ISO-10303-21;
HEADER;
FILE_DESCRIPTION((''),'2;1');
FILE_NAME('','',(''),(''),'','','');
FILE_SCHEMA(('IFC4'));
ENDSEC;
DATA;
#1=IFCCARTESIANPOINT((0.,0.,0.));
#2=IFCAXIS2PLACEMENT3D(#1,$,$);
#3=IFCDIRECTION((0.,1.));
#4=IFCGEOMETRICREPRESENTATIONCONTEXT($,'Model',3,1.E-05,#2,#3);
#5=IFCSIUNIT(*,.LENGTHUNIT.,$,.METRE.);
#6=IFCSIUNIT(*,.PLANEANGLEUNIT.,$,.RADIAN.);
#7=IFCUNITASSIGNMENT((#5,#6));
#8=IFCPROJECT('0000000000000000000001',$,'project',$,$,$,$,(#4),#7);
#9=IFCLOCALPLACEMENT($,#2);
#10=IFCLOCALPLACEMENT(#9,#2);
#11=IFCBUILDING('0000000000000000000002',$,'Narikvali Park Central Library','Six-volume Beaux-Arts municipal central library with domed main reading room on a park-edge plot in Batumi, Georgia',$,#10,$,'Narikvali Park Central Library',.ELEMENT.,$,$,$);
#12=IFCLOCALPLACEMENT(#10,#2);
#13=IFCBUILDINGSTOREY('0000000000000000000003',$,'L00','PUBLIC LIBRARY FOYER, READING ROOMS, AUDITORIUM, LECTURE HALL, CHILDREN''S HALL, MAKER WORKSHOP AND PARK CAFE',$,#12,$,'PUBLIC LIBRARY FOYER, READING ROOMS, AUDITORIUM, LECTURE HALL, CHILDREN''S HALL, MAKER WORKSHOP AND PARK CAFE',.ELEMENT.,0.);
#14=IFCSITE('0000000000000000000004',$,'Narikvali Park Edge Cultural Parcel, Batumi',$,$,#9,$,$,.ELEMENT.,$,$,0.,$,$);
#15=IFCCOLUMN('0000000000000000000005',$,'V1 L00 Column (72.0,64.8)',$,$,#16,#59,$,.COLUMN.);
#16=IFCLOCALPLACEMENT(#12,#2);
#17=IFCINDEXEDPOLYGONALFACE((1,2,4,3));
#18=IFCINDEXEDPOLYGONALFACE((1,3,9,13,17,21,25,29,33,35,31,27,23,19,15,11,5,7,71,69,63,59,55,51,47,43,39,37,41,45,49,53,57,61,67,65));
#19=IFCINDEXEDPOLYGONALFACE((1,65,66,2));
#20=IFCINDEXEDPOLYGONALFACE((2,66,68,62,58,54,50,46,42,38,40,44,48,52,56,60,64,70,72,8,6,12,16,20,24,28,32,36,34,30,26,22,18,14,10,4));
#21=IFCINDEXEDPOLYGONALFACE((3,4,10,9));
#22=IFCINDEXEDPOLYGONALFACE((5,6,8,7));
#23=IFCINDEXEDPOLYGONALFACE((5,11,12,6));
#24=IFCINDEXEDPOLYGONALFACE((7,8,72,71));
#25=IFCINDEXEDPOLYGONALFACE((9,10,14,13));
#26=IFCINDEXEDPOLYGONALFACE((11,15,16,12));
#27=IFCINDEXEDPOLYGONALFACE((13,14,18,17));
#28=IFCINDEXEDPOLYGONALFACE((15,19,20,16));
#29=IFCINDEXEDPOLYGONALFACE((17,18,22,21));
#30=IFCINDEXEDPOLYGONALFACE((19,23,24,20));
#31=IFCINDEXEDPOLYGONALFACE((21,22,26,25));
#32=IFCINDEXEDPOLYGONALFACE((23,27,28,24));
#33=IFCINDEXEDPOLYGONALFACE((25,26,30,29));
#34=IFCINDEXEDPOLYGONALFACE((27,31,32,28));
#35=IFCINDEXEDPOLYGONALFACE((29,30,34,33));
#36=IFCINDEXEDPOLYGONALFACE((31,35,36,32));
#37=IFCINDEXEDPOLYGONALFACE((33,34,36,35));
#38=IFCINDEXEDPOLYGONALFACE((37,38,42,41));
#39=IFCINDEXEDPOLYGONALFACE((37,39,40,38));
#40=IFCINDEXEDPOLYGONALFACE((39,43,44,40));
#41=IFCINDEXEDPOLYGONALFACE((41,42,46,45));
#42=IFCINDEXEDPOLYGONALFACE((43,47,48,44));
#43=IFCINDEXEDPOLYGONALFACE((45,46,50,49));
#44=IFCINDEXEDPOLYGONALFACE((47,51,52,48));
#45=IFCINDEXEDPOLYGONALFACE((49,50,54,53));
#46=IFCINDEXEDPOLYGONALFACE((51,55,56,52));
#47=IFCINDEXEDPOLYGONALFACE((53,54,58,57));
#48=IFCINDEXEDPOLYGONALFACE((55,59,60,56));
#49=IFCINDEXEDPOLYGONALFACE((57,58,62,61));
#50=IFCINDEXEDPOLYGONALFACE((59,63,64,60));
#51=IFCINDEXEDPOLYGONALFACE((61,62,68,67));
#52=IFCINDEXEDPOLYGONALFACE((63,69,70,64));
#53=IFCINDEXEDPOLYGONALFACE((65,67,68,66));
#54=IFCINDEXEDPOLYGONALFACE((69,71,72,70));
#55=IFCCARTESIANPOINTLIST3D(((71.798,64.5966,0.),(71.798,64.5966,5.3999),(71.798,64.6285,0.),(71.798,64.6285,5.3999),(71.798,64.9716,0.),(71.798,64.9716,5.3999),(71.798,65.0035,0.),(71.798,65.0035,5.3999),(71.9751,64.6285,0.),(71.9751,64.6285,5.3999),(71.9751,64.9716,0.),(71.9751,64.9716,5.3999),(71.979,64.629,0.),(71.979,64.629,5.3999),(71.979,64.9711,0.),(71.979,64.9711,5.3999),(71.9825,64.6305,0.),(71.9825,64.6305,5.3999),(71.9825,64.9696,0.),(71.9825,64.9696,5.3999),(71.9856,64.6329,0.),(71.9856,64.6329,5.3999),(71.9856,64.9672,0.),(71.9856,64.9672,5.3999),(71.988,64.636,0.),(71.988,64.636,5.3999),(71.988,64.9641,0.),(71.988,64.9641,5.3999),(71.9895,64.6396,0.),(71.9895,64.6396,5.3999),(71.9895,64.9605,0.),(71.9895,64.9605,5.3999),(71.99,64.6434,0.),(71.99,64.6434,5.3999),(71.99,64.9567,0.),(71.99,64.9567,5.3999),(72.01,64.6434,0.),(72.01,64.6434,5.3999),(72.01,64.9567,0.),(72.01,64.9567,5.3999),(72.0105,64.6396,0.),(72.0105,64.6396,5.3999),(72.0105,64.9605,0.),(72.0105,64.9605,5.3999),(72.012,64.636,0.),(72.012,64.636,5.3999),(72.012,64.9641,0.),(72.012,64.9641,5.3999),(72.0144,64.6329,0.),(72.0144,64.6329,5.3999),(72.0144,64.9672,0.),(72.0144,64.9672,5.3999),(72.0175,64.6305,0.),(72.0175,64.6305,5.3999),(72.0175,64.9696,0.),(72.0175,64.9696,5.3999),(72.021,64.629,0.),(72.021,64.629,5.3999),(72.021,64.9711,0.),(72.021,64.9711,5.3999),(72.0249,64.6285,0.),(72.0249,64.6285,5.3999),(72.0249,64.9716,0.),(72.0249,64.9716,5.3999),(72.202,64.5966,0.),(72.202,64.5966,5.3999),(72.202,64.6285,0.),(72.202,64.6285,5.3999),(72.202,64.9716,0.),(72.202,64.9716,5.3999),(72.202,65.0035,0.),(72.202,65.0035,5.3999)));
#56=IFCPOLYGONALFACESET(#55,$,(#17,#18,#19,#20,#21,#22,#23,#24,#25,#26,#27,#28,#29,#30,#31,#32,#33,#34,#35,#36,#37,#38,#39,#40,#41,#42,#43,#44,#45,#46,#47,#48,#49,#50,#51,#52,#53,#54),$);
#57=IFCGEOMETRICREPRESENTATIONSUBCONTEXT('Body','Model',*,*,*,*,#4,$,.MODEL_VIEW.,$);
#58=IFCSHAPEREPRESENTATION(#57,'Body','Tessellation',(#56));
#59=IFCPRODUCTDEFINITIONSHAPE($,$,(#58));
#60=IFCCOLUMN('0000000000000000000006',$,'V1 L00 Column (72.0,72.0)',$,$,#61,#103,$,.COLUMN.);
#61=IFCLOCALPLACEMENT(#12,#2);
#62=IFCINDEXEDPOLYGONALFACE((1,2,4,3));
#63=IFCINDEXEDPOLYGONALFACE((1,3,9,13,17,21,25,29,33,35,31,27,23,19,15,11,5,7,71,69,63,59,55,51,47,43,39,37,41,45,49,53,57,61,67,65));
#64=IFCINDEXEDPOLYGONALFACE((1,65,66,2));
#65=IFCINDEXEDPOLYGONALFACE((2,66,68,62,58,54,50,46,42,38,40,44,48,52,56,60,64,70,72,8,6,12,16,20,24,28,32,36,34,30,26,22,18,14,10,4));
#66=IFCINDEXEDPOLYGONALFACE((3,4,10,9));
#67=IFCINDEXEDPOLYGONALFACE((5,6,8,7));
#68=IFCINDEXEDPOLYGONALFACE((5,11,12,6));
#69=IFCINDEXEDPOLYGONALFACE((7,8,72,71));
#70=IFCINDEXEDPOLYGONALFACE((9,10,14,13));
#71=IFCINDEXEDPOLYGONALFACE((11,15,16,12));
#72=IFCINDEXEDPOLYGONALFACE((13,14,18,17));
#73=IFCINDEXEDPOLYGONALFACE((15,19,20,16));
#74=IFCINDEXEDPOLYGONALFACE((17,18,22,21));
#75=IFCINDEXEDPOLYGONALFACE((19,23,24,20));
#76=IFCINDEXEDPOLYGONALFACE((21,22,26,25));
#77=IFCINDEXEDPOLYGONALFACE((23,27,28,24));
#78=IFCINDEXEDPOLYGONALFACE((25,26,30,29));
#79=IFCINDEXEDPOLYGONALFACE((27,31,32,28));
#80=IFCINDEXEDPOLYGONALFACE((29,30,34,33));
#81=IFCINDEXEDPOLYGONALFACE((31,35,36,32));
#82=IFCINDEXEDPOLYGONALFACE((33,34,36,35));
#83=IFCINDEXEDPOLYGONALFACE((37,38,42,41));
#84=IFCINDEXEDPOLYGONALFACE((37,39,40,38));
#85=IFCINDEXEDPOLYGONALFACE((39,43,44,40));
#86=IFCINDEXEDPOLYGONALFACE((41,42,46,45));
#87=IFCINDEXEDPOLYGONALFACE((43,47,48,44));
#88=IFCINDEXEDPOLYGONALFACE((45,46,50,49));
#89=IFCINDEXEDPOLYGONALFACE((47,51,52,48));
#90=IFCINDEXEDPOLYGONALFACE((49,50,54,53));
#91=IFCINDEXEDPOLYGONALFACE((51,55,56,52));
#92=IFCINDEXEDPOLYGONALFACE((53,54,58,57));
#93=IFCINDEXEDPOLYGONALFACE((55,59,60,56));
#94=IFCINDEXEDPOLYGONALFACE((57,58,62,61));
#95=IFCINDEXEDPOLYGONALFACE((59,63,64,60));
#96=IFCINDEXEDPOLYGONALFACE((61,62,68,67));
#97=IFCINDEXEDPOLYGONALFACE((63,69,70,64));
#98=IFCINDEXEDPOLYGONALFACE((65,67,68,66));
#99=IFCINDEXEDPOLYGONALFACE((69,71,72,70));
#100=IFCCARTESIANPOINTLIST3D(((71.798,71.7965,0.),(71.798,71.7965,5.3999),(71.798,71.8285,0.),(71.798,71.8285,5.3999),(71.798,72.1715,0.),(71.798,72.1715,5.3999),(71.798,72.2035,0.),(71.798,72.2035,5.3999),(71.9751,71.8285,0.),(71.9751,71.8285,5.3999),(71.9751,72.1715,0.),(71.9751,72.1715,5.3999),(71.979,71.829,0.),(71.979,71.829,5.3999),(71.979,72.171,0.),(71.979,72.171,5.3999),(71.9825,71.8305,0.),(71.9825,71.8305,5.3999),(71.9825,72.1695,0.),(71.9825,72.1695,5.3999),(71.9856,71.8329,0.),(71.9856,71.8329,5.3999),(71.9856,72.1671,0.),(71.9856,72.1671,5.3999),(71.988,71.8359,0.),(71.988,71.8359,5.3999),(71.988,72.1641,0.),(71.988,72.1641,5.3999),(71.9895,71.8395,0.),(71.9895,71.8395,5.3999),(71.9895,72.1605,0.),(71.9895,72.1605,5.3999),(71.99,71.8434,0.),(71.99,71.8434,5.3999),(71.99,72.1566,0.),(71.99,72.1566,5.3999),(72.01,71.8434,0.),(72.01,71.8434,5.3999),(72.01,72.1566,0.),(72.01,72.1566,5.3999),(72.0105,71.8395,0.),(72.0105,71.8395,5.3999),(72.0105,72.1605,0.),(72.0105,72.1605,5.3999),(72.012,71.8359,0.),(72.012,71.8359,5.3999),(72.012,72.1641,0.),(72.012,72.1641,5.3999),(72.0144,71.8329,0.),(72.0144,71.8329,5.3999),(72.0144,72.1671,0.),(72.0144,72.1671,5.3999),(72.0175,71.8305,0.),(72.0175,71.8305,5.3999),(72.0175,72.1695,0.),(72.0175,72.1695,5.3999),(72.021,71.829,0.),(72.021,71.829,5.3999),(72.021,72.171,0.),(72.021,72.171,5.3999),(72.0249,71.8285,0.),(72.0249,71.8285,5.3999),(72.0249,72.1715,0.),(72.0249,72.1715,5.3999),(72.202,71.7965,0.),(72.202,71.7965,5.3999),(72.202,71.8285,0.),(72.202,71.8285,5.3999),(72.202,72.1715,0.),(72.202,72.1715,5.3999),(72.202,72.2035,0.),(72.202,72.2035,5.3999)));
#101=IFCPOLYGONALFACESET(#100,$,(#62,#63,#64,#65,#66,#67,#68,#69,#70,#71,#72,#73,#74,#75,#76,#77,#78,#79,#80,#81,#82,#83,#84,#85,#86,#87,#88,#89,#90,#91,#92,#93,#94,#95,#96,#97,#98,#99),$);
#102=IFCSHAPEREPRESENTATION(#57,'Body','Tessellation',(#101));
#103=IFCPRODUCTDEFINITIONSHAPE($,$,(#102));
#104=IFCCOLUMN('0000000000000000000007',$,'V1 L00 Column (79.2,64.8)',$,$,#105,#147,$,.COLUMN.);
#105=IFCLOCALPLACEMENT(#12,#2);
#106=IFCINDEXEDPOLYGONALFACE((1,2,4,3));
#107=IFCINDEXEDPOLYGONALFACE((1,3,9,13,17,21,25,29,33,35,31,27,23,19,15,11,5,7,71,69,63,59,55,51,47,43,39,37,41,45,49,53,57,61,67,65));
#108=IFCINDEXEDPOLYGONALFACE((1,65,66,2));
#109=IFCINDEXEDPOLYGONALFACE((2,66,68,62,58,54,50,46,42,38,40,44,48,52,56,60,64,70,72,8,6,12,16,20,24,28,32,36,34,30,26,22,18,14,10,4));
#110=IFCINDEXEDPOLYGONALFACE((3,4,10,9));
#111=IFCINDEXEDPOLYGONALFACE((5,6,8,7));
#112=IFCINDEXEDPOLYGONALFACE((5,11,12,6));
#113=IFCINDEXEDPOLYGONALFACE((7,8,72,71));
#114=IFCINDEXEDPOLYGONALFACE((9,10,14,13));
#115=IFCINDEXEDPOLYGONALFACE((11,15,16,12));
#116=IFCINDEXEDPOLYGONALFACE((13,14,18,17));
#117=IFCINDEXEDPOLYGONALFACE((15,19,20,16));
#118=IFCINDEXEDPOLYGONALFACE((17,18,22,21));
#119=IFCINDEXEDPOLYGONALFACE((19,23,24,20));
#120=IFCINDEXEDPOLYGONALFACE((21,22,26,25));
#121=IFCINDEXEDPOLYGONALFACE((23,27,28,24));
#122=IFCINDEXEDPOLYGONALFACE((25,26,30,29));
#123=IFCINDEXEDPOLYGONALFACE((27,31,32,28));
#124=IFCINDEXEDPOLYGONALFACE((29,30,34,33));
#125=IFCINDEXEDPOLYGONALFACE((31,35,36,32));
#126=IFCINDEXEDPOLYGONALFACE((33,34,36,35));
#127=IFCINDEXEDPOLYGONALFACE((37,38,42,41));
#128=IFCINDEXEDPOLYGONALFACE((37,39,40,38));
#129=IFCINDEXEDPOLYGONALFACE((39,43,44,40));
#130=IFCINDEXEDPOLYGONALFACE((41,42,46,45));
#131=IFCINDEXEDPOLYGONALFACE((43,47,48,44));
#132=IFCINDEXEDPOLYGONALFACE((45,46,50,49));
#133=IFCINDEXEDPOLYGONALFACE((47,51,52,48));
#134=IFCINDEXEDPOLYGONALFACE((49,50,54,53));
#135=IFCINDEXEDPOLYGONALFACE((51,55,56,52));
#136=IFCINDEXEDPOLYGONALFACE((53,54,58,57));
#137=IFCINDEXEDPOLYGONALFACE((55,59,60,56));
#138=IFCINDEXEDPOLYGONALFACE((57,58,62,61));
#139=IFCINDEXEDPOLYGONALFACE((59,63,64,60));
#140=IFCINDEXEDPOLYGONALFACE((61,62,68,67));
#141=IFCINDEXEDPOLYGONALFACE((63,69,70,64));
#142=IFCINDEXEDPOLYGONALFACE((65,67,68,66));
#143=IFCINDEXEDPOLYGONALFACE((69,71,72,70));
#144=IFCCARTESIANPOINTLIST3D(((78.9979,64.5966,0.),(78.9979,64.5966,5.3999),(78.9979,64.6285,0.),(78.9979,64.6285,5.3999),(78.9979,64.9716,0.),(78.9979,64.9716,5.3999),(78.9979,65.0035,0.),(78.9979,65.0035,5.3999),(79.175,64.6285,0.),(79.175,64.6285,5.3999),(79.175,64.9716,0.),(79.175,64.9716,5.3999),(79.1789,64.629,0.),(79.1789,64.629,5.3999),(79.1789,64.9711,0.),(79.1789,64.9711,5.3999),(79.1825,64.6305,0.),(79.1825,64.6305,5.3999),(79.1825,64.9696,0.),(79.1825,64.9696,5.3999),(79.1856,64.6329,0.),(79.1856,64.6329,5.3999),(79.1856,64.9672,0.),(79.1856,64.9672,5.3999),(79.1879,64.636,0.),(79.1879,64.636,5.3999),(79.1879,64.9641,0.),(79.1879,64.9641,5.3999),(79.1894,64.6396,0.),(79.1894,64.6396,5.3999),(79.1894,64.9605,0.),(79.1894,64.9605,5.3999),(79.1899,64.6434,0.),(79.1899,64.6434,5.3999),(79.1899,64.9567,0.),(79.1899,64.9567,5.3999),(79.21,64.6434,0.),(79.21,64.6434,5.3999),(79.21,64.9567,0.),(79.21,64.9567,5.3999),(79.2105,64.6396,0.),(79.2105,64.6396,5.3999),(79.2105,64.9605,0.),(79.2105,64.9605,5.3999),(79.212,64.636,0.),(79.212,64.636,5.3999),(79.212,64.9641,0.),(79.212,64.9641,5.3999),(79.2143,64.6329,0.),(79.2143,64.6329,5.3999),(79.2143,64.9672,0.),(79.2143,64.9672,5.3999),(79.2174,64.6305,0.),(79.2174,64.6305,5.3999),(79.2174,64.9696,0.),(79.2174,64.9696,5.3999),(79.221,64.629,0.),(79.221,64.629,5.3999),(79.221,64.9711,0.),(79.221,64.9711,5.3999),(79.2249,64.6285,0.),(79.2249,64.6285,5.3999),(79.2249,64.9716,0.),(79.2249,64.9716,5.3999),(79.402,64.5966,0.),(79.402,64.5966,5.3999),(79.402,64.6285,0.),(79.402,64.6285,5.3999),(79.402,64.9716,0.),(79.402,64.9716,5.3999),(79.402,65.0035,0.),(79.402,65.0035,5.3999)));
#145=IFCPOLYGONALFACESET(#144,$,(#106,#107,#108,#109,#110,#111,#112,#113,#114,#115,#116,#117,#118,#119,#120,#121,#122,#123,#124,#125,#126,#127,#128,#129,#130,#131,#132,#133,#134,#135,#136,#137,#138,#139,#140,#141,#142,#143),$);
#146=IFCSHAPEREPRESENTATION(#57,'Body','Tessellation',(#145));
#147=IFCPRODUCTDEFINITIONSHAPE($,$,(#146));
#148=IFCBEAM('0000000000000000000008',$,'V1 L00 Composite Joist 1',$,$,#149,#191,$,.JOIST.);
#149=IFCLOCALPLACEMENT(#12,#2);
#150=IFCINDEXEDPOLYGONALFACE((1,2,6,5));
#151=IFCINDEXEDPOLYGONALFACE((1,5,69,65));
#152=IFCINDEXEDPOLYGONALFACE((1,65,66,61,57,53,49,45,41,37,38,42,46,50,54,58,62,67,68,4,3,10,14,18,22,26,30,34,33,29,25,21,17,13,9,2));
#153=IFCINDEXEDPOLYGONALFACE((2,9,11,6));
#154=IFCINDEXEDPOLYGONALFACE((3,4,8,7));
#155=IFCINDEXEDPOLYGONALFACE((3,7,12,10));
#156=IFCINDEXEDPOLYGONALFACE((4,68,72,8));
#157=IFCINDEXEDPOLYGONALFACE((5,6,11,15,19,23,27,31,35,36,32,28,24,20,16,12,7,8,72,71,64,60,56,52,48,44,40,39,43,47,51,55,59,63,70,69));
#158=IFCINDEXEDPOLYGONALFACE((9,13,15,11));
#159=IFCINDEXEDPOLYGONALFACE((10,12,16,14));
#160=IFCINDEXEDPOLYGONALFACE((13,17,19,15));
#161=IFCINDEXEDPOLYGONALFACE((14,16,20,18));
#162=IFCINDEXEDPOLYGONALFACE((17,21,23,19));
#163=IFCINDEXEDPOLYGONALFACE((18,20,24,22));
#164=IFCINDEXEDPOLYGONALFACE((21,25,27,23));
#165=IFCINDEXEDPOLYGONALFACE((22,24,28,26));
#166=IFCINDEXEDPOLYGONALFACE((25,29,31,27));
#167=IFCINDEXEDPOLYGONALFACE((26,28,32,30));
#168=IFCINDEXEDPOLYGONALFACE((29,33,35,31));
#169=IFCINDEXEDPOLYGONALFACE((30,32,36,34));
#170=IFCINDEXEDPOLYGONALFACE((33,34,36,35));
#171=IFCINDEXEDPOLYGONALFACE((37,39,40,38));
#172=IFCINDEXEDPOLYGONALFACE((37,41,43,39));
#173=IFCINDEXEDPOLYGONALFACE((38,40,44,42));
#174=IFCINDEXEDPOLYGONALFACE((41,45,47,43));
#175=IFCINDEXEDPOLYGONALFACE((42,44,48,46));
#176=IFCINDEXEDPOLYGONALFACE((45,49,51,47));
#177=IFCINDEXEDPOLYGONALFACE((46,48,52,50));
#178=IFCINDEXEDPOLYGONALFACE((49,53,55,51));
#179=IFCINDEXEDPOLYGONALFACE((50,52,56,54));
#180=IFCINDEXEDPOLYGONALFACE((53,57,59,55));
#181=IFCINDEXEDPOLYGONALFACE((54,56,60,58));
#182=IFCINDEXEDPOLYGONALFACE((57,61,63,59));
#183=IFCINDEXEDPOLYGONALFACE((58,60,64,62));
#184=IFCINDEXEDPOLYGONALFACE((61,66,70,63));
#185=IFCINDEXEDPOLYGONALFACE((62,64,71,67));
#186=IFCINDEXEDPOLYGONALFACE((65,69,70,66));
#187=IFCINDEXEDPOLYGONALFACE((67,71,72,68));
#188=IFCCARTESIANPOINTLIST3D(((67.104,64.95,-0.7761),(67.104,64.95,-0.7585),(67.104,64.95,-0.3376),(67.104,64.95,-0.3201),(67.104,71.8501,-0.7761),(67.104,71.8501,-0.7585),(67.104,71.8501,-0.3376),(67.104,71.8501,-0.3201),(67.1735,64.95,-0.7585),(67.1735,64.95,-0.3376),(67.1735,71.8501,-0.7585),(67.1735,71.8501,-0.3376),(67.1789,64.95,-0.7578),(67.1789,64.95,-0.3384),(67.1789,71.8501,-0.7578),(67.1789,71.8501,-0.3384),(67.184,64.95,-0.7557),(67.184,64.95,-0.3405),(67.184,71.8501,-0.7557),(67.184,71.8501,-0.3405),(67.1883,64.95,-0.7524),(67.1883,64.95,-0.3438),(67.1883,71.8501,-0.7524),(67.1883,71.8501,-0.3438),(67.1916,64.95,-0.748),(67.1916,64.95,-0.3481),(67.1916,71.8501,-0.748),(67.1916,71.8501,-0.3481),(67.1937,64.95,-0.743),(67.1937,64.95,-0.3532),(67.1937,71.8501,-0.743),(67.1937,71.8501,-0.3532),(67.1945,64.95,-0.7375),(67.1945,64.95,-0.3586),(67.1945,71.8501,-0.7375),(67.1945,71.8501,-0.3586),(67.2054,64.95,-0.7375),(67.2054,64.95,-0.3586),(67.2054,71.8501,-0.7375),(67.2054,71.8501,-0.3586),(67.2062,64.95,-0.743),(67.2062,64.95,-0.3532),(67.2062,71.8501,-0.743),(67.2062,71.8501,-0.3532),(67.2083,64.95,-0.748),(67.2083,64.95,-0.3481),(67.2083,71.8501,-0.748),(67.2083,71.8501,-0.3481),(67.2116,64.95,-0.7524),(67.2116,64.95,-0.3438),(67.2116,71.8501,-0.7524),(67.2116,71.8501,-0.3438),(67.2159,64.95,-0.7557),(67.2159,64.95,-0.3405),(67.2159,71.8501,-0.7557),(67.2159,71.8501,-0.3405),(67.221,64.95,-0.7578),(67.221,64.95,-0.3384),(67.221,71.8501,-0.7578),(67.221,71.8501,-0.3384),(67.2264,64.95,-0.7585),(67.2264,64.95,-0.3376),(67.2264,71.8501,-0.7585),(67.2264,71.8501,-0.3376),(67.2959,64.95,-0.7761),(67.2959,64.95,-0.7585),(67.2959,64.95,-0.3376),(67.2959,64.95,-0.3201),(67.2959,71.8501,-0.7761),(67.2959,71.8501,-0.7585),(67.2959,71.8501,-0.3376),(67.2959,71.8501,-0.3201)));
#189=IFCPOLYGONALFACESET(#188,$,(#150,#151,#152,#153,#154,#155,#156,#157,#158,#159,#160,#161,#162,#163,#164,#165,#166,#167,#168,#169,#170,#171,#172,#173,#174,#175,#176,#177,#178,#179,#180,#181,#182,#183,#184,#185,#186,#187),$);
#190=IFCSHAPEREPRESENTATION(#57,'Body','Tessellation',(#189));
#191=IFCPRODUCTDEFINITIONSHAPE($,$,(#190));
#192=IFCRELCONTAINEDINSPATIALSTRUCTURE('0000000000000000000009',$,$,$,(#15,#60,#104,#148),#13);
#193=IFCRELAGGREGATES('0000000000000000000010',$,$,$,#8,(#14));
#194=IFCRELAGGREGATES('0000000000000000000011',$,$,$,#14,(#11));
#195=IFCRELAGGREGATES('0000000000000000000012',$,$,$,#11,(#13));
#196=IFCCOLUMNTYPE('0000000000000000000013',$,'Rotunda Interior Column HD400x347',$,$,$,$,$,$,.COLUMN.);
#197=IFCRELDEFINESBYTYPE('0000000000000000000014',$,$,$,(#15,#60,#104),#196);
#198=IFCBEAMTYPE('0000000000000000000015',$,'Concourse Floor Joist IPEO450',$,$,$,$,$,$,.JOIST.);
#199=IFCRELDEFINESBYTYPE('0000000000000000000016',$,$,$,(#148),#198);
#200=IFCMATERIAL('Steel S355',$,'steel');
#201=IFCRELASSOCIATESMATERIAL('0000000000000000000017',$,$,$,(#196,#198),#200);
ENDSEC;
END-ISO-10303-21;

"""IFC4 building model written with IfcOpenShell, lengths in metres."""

from ifc_helpers import new_model, si_unit, direction, frame, origin, origin_2d, place, context, subcontext, project, spatial, i_section, extrude, material, material_profile, profile_set, type_object, element, save


model = new_model("IFC4")

# Units and contexts
model_context = context("Model", 3, precision=1e-05, world=origin(), true_north=direction((0.0, 1.0)))
body_context = subcontext(model_context, "Body", "Model", "MODEL_VIEW")
ifc_project = project(units=[si_unit("LENGTHUNIT", "METRE"), si_unit("PLANEANGLEUNIT", "RADIAN")], contexts=[model_context])

# Site, building, storey
site_placement = place(None, origin())
site = spatial("IfcSite", under=ifc_project, at=site_placement, Name="Narikvali Park Edge Cultural Parcel, Batumi", CompositionType="ELEMENT", RefElevation=0.0)
building_placement = place(site_placement, origin())
building = spatial("IfcBuilding", under=site, at=building_placement, Name="Narikvali Park Central Library", Description="Six-volume Beaux-Arts municipal central library with domed main reading room on a park-edge plot in Batumi, Georgia", LongName="Narikvali Park Central Library", CompositionType="ELEMENT")
storey_placement = place(building_placement, origin())
storey = spatial("IfcBuildingStorey", under=building, at=storey_placement, Name="L00", Description="PUBLIC LIBRARY FOYER, READING ROOMS, AUDITORIUM, LECTURE HALL, CHILDREN'S HALL, MAKER WORKSHOP AND PARK CAFE", LongName="PUBLIC LIBRARY FOYER, READING ROOMS, AUDITORIUM, LECTURE HALL, CHILDREN'S HALL, MAKER WORKSHOP AND PARK CAFE", CompositionType="ELEMENT", Elevation=0.0)

# Columns
ifc_material_1 = material(Name="Steel S355", Category="steel")
ifc_material_profile_1 = material_profile(ifc_material_1, i_section(OverallWidth=0.4041, OverallDepth=0.407, WebThickness=0.02, FlangeThickness=0.032, FilletRadius=0.0149, at=origin_2d()), Name="HD 400x347")
ifc_profile_set_1 = profile_set([ifc_material_profile_1], Name="Steel S355")
column_type = type_object("IfcColumnType", Name="Rotunda Interior Column HD400x347", PredefinedType="COLUMN", material=ifc_profile_set_1)
for number, where, z_axis, x_axis, name in (
    (1, (72.0, 64.8, 0.0), (0.0, 0.0, 1.0), (1.0, 0.0, 0.0), "V1 L00 Column (72.0,64.8)"),
    (2, (72.0, 72.0, 0.0), (0.0, 0.0, 1.0), (1.0, 0.0, 0.0), "V1 L00 Column (72.0,72.0)"),
    (3, (79.2, 64.8, 0.0), (0.0, 0.0, 1.0), (1.0, 0.0, 0.0), "V1 L00 Column (79.2,64.8)"),
):
    element("IfcColumn", number, at=place(storey_placement, frame(where, z_axis=z_axis, x_axis=x_axis)), inside=storey, type_object=column_type, Name=name, PredefinedType="COLUMN", context=body_context, shape_type="SweptSolid", body=[
        extrude(i_section(OverallWidth=0.4041, OverallDepth=0.407, WebThickness=0.02, FlangeThickness=0.032, FilletRadius=0.0149, at=origin_2d()), origin(), (0.0, 0.0, 1.0), 5.3999),
    ])

# Beam
ifc_material_profile_2 = material_profile(ifc_material_1, i_section(OverallWidth=0.1919, OverallDepth=0.4561, WebThickness=0.011, FlangeThickness=0.0176, FilletRadius=0.021, at=origin_2d()), Name="IPEO 450")
ifc_profile_set_2 = profile_set([ifc_material_profile_2], Name="Steel S355")
beam_type_1 = type_object("IfcBeamType", Name="Concourse Floor Joist IPEO450", PredefinedType="JOIST", material=ifc_profile_set_2)
for number, where, z_axis, x_axis, name in (
    (4, (67.2, 64.95, -0.5481), (0.0, 1.0, 0.0), (-1.0, 0.0, 0.0), "V1 L00 Composite Joist 1"),
):
    element("IfcBeam", number, at=place(storey_placement, frame(where, z_axis=z_axis, x_axis=x_axis)), inside=storey, type_object=beam_type_1, Name=name, PredefinedType="JOIST", context=body_context, shape_type="SweptSolid", body=[
        extrude(i_section(OverallWidth=0.1919, OverallDepth=0.4561, WebThickness=0.011, FlangeThickness=0.0176, FilletRadius=0.021, at=origin_2d()), origin(), (0.0, 0.0, 1.0), 6.9001),
    ])

save(model, "model.ifc")
